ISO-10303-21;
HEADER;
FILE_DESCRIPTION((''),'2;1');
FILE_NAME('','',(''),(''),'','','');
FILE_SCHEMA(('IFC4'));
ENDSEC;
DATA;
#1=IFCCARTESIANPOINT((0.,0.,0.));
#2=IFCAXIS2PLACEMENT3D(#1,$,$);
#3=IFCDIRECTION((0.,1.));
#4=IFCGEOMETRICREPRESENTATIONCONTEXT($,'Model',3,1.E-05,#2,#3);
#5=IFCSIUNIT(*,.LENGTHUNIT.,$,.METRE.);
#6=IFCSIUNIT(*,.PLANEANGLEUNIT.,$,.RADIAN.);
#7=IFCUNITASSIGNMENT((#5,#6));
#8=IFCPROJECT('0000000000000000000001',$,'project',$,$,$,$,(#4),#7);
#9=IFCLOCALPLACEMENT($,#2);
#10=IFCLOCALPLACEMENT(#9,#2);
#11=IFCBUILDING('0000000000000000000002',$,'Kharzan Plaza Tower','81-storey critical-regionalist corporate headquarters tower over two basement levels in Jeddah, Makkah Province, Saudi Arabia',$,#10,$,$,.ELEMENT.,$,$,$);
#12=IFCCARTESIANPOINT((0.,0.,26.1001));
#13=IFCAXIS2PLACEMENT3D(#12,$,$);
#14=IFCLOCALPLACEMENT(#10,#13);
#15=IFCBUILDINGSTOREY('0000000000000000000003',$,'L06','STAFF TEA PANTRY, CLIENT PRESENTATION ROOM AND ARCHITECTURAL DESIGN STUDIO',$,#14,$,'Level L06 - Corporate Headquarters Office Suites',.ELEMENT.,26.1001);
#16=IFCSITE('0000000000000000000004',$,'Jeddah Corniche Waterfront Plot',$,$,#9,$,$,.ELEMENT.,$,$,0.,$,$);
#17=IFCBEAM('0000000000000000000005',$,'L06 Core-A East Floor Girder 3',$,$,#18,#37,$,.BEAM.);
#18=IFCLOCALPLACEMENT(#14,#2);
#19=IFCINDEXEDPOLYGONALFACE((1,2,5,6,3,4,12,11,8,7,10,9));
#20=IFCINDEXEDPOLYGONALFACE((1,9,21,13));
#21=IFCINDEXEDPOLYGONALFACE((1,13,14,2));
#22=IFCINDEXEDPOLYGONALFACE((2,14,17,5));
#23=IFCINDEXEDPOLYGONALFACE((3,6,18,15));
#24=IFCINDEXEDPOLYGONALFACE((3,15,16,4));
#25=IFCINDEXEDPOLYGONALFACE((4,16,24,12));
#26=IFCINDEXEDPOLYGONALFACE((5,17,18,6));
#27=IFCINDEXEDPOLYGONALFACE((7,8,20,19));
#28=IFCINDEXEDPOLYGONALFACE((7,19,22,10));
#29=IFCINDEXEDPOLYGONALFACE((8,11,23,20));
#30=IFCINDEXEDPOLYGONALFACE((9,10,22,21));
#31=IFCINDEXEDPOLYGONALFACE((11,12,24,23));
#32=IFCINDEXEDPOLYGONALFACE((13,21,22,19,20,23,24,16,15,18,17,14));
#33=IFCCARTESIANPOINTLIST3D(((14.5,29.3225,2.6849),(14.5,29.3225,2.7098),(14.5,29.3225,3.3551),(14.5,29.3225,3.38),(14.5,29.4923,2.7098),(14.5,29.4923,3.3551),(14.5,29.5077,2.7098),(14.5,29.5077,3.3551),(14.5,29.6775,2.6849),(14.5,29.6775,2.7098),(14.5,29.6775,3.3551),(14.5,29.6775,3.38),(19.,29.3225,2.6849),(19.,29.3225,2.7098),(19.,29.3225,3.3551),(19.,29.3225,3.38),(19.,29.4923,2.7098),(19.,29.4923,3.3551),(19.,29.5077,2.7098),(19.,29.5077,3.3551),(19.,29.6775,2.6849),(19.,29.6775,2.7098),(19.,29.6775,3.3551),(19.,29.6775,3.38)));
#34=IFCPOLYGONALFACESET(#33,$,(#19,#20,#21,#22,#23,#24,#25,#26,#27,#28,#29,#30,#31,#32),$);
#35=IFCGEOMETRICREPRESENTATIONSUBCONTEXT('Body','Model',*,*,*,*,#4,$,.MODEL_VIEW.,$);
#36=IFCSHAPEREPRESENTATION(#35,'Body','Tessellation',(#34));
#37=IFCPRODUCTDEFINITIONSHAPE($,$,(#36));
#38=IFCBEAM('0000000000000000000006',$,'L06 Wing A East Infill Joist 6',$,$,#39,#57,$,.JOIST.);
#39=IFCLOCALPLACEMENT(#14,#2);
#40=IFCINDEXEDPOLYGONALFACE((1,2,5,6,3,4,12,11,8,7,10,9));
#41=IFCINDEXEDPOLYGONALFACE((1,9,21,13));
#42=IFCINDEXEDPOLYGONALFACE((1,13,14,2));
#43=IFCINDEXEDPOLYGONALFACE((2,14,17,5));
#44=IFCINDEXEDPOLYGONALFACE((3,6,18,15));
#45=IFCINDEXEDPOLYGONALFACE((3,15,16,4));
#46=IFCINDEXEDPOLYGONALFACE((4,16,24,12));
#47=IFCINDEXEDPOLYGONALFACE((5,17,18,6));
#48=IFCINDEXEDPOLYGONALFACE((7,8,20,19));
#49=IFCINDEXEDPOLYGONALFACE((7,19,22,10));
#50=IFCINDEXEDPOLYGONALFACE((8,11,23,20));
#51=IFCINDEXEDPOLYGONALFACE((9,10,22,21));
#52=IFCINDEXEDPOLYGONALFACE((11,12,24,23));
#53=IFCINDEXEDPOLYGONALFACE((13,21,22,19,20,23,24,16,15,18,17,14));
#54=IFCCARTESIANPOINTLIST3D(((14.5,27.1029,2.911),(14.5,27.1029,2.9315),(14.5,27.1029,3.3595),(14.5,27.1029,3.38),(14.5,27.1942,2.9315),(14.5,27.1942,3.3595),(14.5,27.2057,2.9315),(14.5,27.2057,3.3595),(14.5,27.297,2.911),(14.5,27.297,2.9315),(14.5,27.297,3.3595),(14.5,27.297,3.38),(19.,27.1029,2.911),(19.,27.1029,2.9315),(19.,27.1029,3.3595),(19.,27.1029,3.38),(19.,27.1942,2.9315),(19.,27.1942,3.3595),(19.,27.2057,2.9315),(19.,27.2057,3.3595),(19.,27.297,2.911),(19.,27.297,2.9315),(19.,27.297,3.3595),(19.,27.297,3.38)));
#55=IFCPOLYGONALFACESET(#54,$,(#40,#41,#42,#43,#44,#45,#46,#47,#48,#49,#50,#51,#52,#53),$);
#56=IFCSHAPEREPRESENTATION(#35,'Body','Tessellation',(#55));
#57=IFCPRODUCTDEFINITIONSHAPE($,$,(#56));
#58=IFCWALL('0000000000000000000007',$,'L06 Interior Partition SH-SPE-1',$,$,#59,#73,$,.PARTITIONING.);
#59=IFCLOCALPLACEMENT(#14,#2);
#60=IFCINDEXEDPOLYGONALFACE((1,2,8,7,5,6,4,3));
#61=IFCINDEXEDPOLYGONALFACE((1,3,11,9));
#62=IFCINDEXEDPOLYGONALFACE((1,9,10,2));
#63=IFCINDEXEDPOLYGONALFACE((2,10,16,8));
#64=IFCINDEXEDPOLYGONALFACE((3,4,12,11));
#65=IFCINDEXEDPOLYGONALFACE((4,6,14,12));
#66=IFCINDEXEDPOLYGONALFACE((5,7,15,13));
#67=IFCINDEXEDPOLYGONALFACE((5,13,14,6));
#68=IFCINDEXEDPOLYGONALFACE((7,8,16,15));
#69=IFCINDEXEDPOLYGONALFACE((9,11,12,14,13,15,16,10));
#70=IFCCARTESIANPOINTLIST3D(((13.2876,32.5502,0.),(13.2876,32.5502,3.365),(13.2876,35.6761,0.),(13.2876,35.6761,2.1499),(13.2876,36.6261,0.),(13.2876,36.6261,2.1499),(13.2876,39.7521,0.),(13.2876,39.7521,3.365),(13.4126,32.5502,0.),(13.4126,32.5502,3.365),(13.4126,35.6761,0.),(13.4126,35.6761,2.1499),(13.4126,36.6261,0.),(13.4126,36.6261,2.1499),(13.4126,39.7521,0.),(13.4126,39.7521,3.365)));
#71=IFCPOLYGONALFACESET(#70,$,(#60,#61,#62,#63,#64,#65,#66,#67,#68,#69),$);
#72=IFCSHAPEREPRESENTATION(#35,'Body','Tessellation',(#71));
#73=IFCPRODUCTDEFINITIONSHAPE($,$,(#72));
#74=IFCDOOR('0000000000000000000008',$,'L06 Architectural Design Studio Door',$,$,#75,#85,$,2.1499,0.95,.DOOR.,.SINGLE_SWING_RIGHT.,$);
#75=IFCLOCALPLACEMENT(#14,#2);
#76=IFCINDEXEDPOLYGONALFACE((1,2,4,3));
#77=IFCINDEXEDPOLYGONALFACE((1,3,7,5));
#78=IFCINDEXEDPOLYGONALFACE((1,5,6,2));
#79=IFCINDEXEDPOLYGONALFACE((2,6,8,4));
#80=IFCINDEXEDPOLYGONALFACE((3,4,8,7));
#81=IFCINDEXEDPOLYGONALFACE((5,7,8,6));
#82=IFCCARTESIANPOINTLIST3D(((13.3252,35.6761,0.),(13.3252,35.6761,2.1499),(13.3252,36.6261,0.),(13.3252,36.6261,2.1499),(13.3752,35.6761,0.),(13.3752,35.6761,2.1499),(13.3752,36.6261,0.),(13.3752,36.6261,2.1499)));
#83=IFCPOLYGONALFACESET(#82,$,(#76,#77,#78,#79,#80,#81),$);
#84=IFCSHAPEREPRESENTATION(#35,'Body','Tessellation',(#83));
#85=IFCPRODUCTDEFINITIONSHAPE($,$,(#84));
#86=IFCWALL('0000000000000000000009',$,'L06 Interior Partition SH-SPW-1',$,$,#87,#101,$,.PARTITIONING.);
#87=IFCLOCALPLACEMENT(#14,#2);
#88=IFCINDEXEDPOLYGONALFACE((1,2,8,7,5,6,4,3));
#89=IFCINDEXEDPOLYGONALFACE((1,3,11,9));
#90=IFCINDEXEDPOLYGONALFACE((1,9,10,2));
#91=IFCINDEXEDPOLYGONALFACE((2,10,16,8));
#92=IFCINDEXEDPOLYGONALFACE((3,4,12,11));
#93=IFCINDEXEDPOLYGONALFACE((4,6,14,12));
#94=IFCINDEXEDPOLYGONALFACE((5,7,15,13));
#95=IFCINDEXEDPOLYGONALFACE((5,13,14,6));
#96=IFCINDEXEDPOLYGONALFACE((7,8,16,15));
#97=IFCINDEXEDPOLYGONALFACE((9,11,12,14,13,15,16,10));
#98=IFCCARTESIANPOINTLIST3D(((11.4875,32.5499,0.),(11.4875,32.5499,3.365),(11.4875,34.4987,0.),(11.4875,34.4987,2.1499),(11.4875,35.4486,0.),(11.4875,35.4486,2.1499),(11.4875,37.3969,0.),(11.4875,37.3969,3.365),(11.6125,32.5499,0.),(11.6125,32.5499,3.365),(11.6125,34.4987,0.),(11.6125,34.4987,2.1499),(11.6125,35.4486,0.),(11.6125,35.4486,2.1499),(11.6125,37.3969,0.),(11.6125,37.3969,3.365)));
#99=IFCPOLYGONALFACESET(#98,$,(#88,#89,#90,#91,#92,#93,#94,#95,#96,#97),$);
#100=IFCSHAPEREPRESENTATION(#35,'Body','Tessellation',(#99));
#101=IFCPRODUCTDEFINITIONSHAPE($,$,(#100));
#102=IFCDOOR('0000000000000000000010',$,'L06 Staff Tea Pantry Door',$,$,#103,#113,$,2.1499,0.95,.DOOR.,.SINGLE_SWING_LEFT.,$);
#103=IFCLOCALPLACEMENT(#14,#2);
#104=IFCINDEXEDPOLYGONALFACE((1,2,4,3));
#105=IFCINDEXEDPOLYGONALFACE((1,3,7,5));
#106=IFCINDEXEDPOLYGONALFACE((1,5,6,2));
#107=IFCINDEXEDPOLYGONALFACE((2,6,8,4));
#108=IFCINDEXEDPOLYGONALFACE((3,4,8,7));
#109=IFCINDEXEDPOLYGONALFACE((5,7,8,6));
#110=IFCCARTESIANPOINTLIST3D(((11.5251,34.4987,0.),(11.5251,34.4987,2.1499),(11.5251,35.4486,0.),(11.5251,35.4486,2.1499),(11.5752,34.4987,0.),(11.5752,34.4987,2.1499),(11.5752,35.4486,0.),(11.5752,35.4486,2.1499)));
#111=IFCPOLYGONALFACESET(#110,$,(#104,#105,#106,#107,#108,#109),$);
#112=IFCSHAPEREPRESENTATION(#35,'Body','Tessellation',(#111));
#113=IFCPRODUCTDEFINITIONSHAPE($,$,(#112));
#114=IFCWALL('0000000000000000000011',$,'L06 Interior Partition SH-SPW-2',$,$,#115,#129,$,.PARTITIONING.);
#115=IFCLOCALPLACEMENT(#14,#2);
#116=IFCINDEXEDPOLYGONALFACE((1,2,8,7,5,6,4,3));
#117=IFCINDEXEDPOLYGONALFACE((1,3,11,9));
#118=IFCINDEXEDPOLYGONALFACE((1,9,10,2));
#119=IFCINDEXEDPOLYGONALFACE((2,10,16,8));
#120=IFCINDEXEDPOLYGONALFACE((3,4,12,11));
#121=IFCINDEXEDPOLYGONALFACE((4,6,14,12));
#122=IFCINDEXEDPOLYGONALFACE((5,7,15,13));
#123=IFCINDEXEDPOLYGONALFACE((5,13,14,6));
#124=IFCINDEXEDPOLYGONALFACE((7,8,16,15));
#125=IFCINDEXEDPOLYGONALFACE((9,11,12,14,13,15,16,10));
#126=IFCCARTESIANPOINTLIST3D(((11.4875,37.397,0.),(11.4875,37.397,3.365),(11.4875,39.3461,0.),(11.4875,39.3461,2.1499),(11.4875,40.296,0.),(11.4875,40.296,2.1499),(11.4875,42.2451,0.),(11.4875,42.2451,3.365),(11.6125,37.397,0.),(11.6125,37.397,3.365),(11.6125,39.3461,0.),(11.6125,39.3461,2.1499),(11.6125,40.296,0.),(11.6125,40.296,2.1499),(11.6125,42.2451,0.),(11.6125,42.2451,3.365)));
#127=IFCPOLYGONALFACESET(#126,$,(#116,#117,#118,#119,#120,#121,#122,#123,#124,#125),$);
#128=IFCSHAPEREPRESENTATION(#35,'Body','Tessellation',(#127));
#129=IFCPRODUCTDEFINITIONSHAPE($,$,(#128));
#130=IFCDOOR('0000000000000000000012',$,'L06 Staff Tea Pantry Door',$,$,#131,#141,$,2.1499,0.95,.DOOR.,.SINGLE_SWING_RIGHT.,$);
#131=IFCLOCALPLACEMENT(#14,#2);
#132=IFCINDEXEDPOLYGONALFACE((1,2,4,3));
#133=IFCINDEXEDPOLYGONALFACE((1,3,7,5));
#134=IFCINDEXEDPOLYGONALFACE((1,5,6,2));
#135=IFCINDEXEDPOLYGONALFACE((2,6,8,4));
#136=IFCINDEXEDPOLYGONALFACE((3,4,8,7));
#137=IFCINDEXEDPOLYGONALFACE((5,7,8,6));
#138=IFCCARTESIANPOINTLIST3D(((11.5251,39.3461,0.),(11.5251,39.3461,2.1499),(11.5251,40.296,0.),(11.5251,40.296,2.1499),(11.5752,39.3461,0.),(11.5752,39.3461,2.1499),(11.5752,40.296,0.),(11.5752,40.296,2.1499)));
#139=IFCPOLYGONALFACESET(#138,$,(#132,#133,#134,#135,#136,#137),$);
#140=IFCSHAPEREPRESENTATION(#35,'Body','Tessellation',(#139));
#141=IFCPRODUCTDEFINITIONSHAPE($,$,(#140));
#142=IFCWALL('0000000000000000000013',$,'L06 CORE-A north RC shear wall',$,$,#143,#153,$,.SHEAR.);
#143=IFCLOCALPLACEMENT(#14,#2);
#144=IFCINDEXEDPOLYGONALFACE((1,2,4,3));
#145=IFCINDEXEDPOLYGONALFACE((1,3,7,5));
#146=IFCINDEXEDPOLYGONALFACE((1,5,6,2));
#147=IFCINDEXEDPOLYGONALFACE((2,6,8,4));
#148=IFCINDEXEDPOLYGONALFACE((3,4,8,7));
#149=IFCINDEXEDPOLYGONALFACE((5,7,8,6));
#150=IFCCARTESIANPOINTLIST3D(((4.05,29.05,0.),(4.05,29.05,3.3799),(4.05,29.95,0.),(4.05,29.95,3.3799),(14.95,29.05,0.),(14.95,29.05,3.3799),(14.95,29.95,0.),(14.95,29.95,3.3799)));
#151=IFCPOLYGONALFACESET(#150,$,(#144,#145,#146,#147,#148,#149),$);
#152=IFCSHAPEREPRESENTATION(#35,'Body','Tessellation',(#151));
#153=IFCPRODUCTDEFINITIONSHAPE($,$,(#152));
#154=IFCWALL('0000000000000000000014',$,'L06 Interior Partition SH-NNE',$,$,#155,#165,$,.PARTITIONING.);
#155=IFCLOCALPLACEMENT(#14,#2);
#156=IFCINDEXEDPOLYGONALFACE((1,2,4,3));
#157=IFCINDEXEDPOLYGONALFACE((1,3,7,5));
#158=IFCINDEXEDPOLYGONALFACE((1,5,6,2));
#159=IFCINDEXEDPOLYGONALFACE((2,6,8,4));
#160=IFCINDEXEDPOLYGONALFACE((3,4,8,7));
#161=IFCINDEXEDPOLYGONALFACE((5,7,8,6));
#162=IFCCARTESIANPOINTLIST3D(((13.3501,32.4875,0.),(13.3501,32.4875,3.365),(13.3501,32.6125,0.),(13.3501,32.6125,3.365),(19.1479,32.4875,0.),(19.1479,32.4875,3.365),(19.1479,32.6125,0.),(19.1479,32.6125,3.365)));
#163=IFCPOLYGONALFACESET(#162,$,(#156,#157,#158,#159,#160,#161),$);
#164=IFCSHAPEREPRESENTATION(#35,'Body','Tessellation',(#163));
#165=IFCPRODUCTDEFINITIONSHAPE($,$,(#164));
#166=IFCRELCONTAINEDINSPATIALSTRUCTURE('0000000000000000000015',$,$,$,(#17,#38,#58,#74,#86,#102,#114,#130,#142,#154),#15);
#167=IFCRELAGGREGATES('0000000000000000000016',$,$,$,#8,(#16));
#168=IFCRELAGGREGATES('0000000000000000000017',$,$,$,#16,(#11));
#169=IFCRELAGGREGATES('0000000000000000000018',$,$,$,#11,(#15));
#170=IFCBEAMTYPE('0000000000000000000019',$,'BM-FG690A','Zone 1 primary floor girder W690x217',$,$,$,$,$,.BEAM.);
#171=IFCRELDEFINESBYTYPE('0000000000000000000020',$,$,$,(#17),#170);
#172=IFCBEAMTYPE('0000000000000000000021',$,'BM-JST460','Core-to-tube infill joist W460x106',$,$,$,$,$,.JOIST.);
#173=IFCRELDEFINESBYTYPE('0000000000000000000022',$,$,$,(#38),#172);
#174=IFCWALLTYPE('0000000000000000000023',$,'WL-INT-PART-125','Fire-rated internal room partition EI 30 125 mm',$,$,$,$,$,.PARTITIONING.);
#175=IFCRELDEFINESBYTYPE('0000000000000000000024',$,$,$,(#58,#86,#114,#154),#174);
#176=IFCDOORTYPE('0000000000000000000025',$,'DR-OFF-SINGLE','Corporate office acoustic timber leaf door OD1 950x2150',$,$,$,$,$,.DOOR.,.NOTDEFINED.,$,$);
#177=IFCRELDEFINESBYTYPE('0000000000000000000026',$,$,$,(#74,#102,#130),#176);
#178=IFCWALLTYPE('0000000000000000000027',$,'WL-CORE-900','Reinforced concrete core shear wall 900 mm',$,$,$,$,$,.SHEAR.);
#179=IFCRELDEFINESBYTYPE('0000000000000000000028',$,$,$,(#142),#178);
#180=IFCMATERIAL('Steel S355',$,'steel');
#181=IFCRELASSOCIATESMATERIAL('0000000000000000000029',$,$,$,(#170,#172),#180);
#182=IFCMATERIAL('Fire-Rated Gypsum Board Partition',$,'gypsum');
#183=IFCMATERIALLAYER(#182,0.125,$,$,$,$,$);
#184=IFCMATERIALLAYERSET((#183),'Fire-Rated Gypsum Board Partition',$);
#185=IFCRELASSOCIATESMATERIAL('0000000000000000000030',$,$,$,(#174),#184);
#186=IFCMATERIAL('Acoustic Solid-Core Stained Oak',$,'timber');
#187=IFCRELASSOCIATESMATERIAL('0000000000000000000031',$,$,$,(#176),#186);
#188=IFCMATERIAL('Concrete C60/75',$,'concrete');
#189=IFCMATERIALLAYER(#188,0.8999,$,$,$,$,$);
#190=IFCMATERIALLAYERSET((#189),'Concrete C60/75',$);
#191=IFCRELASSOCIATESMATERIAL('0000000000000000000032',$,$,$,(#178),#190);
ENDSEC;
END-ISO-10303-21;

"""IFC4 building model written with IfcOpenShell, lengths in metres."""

from ifc_helpers import new_model, si_unit, direction, frame, frame_2d, origin, origin_2d, place, context, subcontext, project, spatial, rectangle, i_section, extrude, source, transform, mapped, material, layer, layer_set, material_profile, profile_set, type_object, element, fill, save


model = new_model("IFC4")

# Units and contexts
model_context = context("Model", 3, precision=1e-05, world=origin(), true_north=direction((0.0, 1.0)))
body_context = subcontext(model_context, "Body", "Model", "MODEL_VIEW")
ifc_project = project(units=[si_unit("LENGTHUNIT", "METRE"), si_unit("PLANEANGLEUNIT", "RADIAN")], contexts=[model_context])

# Site, building, storey
site_placement = place(None, origin())
site = spatial("IfcSite", under=ifc_project, at=site_placement, Name="Jeddah Corniche Waterfront Plot", CompositionType="ELEMENT", RefElevation=0.0)
building_placement = place(site_placement, origin())
building = spatial("IfcBuilding", under=site, at=building_placement, Name="Kharzan Plaza Tower", Description="81-storey critical-regionalist corporate headquarters tower over two basement levels in Jeddah, Makkah Province, Saudi Arabia", CompositionType="ELEMENT")
storey_placement = place(building_placement, frame((0.0, 0.0, 26.1001)))
storey = spatial("IfcBuildingStorey", under=building, at=storey_placement, Name="L06", Description="STAFF TEA PANTRY, CLIENT PRESENTATION ROOM AND ARCHITECTURAL DESIGN STUDIO", LongName="Level L06 - Corporate Headquarters Office Suites", CompositionType="ELEMENT", Elevation=26.1001)

# Beams
ifc_material_1 = material(Name="Steel S355", Category="steel")
ifc_material_profile_1 = material_profile(ifc_material_1, i_section(OverallWidth=0.355, OverallDepth=0.6951, WebThickness=0.0154, FlangeThickness=0.0249, at=origin_2d()), Name="W690x217")
ifc_profile_set_1 = profile_set([ifc_material_profile_1], Name="Steel S355")
beam_type_1 = type_object("IfcBeamType", Name="BM-FG690A", Description="Zone 1 primary floor girder W690x217", PredefinedType="BEAM", material=ifc_profile_set_1)
shared_shape_1 = source(origin(), body_context, "Body", "SweptSolid", [
    extrude(i_section(OverallWidth=0.355, OverallDepth=0.6951, WebThickness=0.0154, FlangeThickness=0.0249, at=origin_2d()), origin(), (0.0, 0.0, 1.0), 4.5),
])
beam_1_placement = place(storey_placement, frame((14.5, 29.5, 3.0325), z_axis=(1.0, 0.0, 0.0), x_axis=(0.0, 1.0, 0.0)))
element("IfcBeam", 1, at=beam_1_placement, inside=storey, type_object=beam_type_1, Name="L06 Core-A East Floor Girder 3", PredefinedType="BEAM", context=body_context, shape_type="MappedRepresentation", body=[
    mapped(shared_shape_1, transform((0.0, 0.0, 0.0), x_axis=(1.0, 0.0, 0.0), y_axis=(0.0, 1.0, 0.0), z_axis=(0.0, 0.0, 1.0))),
])
ifc_material_profile_2 = material_profile(ifc_material_1, i_section(OverallWidth=0.1941, OverallDepth=0.469, WebThickness=0.0115, FlangeThickness=0.0205, at=origin_2d()), Name="W460x106")
ifc_profile_set_2 = profile_set([ifc_material_profile_2], Name="Steel S355")
beam_type_2 = type_object("IfcBeamType", Name="BM-JST460", Description="Core-to-tube infill joist W460x106", PredefinedType="JOIST", material=ifc_profile_set_2)
shared_shape_2 = source(origin(), body_context, "Body", "SweptSolid", [
    extrude(i_section(OverallWidth=0.1941, OverallDepth=0.469, WebThickness=0.0115, FlangeThickness=0.0205, at=origin_2d()), origin(), (0.0, 0.0, 1.0), 4.5),
])
beam_2_placement = place(storey_placement, frame((14.5, 27.2, 3.1455), z_axis=(1.0, 0.0, 0.0), x_axis=(0.0, 1.0, 0.0)))
element("IfcBeam", 2, at=beam_2_placement, inside=storey, type_object=beam_type_2, Name="L06 Wing A East Infill Joist 6", PredefinedType="JOIST", context=body_context, shape_type="MappedRepresentation", body=[
    mapped(shared_shape_2, transform((0.0, 0.0, 0.0), x_axis=(1.0, 0.0, 0.0), y_axis=(0.0, 1.0, 0.0), z_axis=(0.0, 0.0, 1.0))),
])

# Walls, openings, doors
ifc_material_2 = material(Name="Fire-Rated Gypsum Board Partition", Category="gypsum")
ifc_layer_1 = layer(ifc_material_2, 0.125)
ifc_layer_set_1 = layer_set([ifc_layer_1], Name="Fire-Rated Gypsum Board Partition")
wall_type_1 = type_object("IfcWallType", Name="WL-INT-PART-125", Description="Fire-rated internal room partition EI 30 125 mm", PredefinedType="PARTITIONING", material=ifc_layer_set_1)
wall_1_placement = place(storey_placement, frame((13.3501, 32.55, 0.0), z_axis=(0.0, 0.0, 1.0), x_axis=(0.0, 1.0, 0.0)))
wall_1 = element("IfcWall", 3, at=wall_1_placement, inside=storey, type_object=wall_type_1, Name="L06 Interior Partition SH-SPE-1", PredefinedType="PARTITIONING", context=body_context, shape_type="SweptSolid", body=[
    extrude(rectangle(XDim=7.2019, YDim=0.125, at=frame_2d((3.6011, 0.0))), origin(), (0.0, 0.0, 1.0), 3.365),
])
opening_1_placement = place(wall_1_placement, frame((3.126, 0.0, 0.0)))
opening_1 = element("IfcOpeningElement", 4, at=opening_1_placement, cuts=wall_1, PredefinedType="OPENING", context=body_context, shape_type="SweptSolid", body=[
    extrude(rectangle(XDim=0.95, YDim=2.1499, at=frame_2d((0.4751, 1.075))), frame((0.0, 0.0725, 0.0), z_axis=(0.0, -1.0, 0.0), x_axis=(1.0, 0.0, 0.0)), (0.0, 0.0, 1.0), 0.145),
])
ifc_material_3 = material(Name="Acoustic Solid-Core Stained Oak", Category="timber")
door_type = type_object("IfcDoorType", Name="DR-OFF-SINGLE", Description="Corporate office acoustic timber leaf door OD1 950x2150", OperationType="NOTDEFINED", PredefinedType="DOOR", material=ifc_material_3)
shared_shape_3 = source(origin(), body_context, "Body", "SweptSolid", [
    extrude(rectangle(XDim=0.95, YDim=2.1499, at=frame_2d((0.4751, 1.075))), frame((0.0, 0.0249, 0.0), z_axis=(0.0, -1.0, 0.0), x_axis=(1.0, 0.0, 0.0)), (0.0, 0.0, 1.0), 0.05),
])
door_1_placement = place(opening_1_placement, origin())
door_1 = element("IfcDoor", 5, at=door_1_placement, inside=storey, type_object=door_type, Name="L06 Architectural Design Studio Door", OperationType="SINGLE_SWING_RIGHT", OverallHeight=2.1499, OverallWidth=0.95, PredefinedType="DOOR", context=body_context, shape_type="MappedRepresentation", body=[
    mapped(shared_shape_3, transform((0.0, 0.0, 0.0), x_axis=(1.0, 0.0, 0.0), y_axis=(0.0, 1.0, 0.0), z_axis=(0.0, 0.0, 1.0))),
])
fill(opening_1, door_1)
wall_2_placement = place(storey_placement, frame((11.55, 32.55, 0.0), z_axis=(0.0, 0.0, 1.0), x_axis=(0.0, 1.0, 0.0)))
wall_2 = element("IfcWall", 6, at=wall_2_placement, inside=storey, type_object=wall_type_1, Name="L06 Interior Partition SH-SPW-1", PredefinedType="PARTITIONING", context=body_context, shape_type="SweptSolid", body=[
    extrude(rectangle(XDim=4.8469, YDim=0.125, at=frame_2d((2.4233, 0.0))), origin(), (0.0, 0.0, 1.0), 3.365),
])
opening_2_placement = place(wall_2_placement, frame((1.9485, 0.0, 0.0)))
opening_2 = element("IfcOpeningElement", 7, at=opening_2_placement, cuts=wall_2, PredefinedType="OPENING", context=body_context, shape_type="SweptSolid", body=[
    extrude(rectangle(XDim=0.95, YDim=2.1499, at=frame_2d((0.4751, 1.075))), frame((0.0, 0.0725, 0.0), z_axis=(0.0, -1.0, 0.0), x_axis=(1.0, 0.0, 0.0)), (0.0, 0.0, 1.0), 0.145),
])
door_2_placement = place(opening_2_placement, origin())
door_2 = element("IfcDoor", 8, at=door_2_placement, inside=storey, type_object=door_type, Name="L06 Staff Tea Pantry Door", OperationType="SINGLE_SWING_LEFT", OverallHeight=2.1499, OverallWidth=0.95, PredefinedType="DOOR", context=body_context, shape_type="MappedRepresentation", body=[
    mapped(shared_shape_3, transform((0.0, 0.0, 0.0), x_axis=(1.0, 0.0, 0.0), y_axis=(0.0, 1.0, 0.0), z_axis=(0.0, 0.0, 1.0))),
])
fill(opening_2, door_2)
wall_3_placement = place(storey_placement, frame((11.55, 37.397, 0.0), z_axis=(0.0, 0.0, 1.0), x_axis=(0.0, 1.0, 0.0)))
wall_3 = element("IfcWall", 9, at=wall_3_placement, inside=storey, type_object=wall_type_1, Name="L06 Interior Partition SH-SPW-2", PredefinedType="PARTITIONING", context=body_context, shape_type="SweptSolid", body=[
    extrude(rectangle(XDim=4.8481, YDim=0.125, at=frame_2d((2.4241, 0.0))), origin(), (0.0, 0.0, 1.0), 3.365),
])
opening_3_placement = place(wall_3_placement, frame((1.949, 0.0, 0.0)))
opening_3 = element("IfcOpeningElement", 10, at=opening_3_placement, cuts=wall_3, PredefinedType="OPENING", context=body_context, shape_type="SweptSolid", body=[
    extrude(rectangle(XDim=0.95, YDim=2.1499, at=frame_2d((0.4751, 1.075))), frame((0.0, 0.0725, 0.0), z_axis=(0.0, -1.0, 0.0), x_axis=(1.0, 0.0, 0.0)), (0.0, 0.0, 1.0), 0.145),
])
door_3_placement = place(opening_3_placement, origin())
door_3 = element("IfcDoor", 11, at=door_3_placement, inside=storey, type_object=door_type, Name="L06 Staff Tea Pantry Door", OperationType="SINGLE_SWING_RIGHT", OverallHeight=2.1499, OverallWidth=0.95, PredefinedType="DOOR", context=body_context, shape_type="MappedRepresentation", body=[
    mapped(shared_shape_3, transform((0.0, 0.0, 0.0), x_axis=(1.0, 0.0, 0.0), y_axis=(0.0, 1.0, 0.0), z_axis=(0.0, 0.0, 1.0))),
])
fill(opening_3, door_3)

# Walls
ifc_material_4 = material(Name="Concrete C60/75", Category="concrete")
ifc_layer_2 = layer(ifc_material_4, 0.8999)
ifc_layer_set_2 = layer_set([ifc_layer_2], Name="Concrete C60/75")
wall_type_2 = type_object("IfcWallType", Name="WL-CORE-900", Description="Reinforced concrete core shear wall 900 mm", PredefinedType="SHEAR", material=ifc_layer_set_2)
shared_shape_4 = source(origin(), body_context, "Body", "SweptSolid", [
    extrude(rectangle(XDim=10.8999, YDim=0.8999, at=frame_2d((5.45, 0.0))), origin(), (0.0, 0.0, 1.0), 3.3799),
])
wall_4_placement = place(storey_placement, frame((4.05, 29.5, 0.0), z_axis=(0.0, 0.0, 1.0), x_axis=(1.0, 0.0, 0.0)))
element("IfcWall", 12, at=wall_4_placement, inside=storey, type_object=wall_type_2, Name="L06 CORE-A north RC shear wall", PredefinedType="SHEAR", context=body_context, shape_type="MappedRepresentation", body=[
    mapped(shared_shape_4, transform((0.0, 0.0, 0.0), x_axis=(1.0, 0.0, 0.0), y_axis=(0.0, 1.0, 0.0), z_axis=(0.0, 0.0, 1.0))),
])
shared_shape_5 = source(origin(), body_context, "Body", "SweptSolid", [
    extrude(rectangle(XDim=5.7979, YDim=0.125, at=frame_2d((2.8989, 0.0))), origin(), (0.0, 0.0, 1.0), 3.365),
])
wall_5_placement = place(storey_placement, frame((13.3501, 32.55, 0.0), z_axis=(0.0, 0.0, 1.0), x_axis=(1.0, 0.0, 0.0)))
element("IfcWall", 13, at=wall_5_placement, inside=storey, type_object=wall_type_1, Name="L06 Interior Partition SH-NNE", PredefinedType="PARTITIONING", context=body_context, shape_type="MappedRepresentation", body=[
    mapped(shared_shape_5, transform((0.0, 0.0, 0.0), x_axis=(1.0, 0.0, 0.0), y_axis=(0.0, 1.0, 0.0), z_axis=(0.0, 0.0, 1.0))),
])

save(model, "model.ifc")
